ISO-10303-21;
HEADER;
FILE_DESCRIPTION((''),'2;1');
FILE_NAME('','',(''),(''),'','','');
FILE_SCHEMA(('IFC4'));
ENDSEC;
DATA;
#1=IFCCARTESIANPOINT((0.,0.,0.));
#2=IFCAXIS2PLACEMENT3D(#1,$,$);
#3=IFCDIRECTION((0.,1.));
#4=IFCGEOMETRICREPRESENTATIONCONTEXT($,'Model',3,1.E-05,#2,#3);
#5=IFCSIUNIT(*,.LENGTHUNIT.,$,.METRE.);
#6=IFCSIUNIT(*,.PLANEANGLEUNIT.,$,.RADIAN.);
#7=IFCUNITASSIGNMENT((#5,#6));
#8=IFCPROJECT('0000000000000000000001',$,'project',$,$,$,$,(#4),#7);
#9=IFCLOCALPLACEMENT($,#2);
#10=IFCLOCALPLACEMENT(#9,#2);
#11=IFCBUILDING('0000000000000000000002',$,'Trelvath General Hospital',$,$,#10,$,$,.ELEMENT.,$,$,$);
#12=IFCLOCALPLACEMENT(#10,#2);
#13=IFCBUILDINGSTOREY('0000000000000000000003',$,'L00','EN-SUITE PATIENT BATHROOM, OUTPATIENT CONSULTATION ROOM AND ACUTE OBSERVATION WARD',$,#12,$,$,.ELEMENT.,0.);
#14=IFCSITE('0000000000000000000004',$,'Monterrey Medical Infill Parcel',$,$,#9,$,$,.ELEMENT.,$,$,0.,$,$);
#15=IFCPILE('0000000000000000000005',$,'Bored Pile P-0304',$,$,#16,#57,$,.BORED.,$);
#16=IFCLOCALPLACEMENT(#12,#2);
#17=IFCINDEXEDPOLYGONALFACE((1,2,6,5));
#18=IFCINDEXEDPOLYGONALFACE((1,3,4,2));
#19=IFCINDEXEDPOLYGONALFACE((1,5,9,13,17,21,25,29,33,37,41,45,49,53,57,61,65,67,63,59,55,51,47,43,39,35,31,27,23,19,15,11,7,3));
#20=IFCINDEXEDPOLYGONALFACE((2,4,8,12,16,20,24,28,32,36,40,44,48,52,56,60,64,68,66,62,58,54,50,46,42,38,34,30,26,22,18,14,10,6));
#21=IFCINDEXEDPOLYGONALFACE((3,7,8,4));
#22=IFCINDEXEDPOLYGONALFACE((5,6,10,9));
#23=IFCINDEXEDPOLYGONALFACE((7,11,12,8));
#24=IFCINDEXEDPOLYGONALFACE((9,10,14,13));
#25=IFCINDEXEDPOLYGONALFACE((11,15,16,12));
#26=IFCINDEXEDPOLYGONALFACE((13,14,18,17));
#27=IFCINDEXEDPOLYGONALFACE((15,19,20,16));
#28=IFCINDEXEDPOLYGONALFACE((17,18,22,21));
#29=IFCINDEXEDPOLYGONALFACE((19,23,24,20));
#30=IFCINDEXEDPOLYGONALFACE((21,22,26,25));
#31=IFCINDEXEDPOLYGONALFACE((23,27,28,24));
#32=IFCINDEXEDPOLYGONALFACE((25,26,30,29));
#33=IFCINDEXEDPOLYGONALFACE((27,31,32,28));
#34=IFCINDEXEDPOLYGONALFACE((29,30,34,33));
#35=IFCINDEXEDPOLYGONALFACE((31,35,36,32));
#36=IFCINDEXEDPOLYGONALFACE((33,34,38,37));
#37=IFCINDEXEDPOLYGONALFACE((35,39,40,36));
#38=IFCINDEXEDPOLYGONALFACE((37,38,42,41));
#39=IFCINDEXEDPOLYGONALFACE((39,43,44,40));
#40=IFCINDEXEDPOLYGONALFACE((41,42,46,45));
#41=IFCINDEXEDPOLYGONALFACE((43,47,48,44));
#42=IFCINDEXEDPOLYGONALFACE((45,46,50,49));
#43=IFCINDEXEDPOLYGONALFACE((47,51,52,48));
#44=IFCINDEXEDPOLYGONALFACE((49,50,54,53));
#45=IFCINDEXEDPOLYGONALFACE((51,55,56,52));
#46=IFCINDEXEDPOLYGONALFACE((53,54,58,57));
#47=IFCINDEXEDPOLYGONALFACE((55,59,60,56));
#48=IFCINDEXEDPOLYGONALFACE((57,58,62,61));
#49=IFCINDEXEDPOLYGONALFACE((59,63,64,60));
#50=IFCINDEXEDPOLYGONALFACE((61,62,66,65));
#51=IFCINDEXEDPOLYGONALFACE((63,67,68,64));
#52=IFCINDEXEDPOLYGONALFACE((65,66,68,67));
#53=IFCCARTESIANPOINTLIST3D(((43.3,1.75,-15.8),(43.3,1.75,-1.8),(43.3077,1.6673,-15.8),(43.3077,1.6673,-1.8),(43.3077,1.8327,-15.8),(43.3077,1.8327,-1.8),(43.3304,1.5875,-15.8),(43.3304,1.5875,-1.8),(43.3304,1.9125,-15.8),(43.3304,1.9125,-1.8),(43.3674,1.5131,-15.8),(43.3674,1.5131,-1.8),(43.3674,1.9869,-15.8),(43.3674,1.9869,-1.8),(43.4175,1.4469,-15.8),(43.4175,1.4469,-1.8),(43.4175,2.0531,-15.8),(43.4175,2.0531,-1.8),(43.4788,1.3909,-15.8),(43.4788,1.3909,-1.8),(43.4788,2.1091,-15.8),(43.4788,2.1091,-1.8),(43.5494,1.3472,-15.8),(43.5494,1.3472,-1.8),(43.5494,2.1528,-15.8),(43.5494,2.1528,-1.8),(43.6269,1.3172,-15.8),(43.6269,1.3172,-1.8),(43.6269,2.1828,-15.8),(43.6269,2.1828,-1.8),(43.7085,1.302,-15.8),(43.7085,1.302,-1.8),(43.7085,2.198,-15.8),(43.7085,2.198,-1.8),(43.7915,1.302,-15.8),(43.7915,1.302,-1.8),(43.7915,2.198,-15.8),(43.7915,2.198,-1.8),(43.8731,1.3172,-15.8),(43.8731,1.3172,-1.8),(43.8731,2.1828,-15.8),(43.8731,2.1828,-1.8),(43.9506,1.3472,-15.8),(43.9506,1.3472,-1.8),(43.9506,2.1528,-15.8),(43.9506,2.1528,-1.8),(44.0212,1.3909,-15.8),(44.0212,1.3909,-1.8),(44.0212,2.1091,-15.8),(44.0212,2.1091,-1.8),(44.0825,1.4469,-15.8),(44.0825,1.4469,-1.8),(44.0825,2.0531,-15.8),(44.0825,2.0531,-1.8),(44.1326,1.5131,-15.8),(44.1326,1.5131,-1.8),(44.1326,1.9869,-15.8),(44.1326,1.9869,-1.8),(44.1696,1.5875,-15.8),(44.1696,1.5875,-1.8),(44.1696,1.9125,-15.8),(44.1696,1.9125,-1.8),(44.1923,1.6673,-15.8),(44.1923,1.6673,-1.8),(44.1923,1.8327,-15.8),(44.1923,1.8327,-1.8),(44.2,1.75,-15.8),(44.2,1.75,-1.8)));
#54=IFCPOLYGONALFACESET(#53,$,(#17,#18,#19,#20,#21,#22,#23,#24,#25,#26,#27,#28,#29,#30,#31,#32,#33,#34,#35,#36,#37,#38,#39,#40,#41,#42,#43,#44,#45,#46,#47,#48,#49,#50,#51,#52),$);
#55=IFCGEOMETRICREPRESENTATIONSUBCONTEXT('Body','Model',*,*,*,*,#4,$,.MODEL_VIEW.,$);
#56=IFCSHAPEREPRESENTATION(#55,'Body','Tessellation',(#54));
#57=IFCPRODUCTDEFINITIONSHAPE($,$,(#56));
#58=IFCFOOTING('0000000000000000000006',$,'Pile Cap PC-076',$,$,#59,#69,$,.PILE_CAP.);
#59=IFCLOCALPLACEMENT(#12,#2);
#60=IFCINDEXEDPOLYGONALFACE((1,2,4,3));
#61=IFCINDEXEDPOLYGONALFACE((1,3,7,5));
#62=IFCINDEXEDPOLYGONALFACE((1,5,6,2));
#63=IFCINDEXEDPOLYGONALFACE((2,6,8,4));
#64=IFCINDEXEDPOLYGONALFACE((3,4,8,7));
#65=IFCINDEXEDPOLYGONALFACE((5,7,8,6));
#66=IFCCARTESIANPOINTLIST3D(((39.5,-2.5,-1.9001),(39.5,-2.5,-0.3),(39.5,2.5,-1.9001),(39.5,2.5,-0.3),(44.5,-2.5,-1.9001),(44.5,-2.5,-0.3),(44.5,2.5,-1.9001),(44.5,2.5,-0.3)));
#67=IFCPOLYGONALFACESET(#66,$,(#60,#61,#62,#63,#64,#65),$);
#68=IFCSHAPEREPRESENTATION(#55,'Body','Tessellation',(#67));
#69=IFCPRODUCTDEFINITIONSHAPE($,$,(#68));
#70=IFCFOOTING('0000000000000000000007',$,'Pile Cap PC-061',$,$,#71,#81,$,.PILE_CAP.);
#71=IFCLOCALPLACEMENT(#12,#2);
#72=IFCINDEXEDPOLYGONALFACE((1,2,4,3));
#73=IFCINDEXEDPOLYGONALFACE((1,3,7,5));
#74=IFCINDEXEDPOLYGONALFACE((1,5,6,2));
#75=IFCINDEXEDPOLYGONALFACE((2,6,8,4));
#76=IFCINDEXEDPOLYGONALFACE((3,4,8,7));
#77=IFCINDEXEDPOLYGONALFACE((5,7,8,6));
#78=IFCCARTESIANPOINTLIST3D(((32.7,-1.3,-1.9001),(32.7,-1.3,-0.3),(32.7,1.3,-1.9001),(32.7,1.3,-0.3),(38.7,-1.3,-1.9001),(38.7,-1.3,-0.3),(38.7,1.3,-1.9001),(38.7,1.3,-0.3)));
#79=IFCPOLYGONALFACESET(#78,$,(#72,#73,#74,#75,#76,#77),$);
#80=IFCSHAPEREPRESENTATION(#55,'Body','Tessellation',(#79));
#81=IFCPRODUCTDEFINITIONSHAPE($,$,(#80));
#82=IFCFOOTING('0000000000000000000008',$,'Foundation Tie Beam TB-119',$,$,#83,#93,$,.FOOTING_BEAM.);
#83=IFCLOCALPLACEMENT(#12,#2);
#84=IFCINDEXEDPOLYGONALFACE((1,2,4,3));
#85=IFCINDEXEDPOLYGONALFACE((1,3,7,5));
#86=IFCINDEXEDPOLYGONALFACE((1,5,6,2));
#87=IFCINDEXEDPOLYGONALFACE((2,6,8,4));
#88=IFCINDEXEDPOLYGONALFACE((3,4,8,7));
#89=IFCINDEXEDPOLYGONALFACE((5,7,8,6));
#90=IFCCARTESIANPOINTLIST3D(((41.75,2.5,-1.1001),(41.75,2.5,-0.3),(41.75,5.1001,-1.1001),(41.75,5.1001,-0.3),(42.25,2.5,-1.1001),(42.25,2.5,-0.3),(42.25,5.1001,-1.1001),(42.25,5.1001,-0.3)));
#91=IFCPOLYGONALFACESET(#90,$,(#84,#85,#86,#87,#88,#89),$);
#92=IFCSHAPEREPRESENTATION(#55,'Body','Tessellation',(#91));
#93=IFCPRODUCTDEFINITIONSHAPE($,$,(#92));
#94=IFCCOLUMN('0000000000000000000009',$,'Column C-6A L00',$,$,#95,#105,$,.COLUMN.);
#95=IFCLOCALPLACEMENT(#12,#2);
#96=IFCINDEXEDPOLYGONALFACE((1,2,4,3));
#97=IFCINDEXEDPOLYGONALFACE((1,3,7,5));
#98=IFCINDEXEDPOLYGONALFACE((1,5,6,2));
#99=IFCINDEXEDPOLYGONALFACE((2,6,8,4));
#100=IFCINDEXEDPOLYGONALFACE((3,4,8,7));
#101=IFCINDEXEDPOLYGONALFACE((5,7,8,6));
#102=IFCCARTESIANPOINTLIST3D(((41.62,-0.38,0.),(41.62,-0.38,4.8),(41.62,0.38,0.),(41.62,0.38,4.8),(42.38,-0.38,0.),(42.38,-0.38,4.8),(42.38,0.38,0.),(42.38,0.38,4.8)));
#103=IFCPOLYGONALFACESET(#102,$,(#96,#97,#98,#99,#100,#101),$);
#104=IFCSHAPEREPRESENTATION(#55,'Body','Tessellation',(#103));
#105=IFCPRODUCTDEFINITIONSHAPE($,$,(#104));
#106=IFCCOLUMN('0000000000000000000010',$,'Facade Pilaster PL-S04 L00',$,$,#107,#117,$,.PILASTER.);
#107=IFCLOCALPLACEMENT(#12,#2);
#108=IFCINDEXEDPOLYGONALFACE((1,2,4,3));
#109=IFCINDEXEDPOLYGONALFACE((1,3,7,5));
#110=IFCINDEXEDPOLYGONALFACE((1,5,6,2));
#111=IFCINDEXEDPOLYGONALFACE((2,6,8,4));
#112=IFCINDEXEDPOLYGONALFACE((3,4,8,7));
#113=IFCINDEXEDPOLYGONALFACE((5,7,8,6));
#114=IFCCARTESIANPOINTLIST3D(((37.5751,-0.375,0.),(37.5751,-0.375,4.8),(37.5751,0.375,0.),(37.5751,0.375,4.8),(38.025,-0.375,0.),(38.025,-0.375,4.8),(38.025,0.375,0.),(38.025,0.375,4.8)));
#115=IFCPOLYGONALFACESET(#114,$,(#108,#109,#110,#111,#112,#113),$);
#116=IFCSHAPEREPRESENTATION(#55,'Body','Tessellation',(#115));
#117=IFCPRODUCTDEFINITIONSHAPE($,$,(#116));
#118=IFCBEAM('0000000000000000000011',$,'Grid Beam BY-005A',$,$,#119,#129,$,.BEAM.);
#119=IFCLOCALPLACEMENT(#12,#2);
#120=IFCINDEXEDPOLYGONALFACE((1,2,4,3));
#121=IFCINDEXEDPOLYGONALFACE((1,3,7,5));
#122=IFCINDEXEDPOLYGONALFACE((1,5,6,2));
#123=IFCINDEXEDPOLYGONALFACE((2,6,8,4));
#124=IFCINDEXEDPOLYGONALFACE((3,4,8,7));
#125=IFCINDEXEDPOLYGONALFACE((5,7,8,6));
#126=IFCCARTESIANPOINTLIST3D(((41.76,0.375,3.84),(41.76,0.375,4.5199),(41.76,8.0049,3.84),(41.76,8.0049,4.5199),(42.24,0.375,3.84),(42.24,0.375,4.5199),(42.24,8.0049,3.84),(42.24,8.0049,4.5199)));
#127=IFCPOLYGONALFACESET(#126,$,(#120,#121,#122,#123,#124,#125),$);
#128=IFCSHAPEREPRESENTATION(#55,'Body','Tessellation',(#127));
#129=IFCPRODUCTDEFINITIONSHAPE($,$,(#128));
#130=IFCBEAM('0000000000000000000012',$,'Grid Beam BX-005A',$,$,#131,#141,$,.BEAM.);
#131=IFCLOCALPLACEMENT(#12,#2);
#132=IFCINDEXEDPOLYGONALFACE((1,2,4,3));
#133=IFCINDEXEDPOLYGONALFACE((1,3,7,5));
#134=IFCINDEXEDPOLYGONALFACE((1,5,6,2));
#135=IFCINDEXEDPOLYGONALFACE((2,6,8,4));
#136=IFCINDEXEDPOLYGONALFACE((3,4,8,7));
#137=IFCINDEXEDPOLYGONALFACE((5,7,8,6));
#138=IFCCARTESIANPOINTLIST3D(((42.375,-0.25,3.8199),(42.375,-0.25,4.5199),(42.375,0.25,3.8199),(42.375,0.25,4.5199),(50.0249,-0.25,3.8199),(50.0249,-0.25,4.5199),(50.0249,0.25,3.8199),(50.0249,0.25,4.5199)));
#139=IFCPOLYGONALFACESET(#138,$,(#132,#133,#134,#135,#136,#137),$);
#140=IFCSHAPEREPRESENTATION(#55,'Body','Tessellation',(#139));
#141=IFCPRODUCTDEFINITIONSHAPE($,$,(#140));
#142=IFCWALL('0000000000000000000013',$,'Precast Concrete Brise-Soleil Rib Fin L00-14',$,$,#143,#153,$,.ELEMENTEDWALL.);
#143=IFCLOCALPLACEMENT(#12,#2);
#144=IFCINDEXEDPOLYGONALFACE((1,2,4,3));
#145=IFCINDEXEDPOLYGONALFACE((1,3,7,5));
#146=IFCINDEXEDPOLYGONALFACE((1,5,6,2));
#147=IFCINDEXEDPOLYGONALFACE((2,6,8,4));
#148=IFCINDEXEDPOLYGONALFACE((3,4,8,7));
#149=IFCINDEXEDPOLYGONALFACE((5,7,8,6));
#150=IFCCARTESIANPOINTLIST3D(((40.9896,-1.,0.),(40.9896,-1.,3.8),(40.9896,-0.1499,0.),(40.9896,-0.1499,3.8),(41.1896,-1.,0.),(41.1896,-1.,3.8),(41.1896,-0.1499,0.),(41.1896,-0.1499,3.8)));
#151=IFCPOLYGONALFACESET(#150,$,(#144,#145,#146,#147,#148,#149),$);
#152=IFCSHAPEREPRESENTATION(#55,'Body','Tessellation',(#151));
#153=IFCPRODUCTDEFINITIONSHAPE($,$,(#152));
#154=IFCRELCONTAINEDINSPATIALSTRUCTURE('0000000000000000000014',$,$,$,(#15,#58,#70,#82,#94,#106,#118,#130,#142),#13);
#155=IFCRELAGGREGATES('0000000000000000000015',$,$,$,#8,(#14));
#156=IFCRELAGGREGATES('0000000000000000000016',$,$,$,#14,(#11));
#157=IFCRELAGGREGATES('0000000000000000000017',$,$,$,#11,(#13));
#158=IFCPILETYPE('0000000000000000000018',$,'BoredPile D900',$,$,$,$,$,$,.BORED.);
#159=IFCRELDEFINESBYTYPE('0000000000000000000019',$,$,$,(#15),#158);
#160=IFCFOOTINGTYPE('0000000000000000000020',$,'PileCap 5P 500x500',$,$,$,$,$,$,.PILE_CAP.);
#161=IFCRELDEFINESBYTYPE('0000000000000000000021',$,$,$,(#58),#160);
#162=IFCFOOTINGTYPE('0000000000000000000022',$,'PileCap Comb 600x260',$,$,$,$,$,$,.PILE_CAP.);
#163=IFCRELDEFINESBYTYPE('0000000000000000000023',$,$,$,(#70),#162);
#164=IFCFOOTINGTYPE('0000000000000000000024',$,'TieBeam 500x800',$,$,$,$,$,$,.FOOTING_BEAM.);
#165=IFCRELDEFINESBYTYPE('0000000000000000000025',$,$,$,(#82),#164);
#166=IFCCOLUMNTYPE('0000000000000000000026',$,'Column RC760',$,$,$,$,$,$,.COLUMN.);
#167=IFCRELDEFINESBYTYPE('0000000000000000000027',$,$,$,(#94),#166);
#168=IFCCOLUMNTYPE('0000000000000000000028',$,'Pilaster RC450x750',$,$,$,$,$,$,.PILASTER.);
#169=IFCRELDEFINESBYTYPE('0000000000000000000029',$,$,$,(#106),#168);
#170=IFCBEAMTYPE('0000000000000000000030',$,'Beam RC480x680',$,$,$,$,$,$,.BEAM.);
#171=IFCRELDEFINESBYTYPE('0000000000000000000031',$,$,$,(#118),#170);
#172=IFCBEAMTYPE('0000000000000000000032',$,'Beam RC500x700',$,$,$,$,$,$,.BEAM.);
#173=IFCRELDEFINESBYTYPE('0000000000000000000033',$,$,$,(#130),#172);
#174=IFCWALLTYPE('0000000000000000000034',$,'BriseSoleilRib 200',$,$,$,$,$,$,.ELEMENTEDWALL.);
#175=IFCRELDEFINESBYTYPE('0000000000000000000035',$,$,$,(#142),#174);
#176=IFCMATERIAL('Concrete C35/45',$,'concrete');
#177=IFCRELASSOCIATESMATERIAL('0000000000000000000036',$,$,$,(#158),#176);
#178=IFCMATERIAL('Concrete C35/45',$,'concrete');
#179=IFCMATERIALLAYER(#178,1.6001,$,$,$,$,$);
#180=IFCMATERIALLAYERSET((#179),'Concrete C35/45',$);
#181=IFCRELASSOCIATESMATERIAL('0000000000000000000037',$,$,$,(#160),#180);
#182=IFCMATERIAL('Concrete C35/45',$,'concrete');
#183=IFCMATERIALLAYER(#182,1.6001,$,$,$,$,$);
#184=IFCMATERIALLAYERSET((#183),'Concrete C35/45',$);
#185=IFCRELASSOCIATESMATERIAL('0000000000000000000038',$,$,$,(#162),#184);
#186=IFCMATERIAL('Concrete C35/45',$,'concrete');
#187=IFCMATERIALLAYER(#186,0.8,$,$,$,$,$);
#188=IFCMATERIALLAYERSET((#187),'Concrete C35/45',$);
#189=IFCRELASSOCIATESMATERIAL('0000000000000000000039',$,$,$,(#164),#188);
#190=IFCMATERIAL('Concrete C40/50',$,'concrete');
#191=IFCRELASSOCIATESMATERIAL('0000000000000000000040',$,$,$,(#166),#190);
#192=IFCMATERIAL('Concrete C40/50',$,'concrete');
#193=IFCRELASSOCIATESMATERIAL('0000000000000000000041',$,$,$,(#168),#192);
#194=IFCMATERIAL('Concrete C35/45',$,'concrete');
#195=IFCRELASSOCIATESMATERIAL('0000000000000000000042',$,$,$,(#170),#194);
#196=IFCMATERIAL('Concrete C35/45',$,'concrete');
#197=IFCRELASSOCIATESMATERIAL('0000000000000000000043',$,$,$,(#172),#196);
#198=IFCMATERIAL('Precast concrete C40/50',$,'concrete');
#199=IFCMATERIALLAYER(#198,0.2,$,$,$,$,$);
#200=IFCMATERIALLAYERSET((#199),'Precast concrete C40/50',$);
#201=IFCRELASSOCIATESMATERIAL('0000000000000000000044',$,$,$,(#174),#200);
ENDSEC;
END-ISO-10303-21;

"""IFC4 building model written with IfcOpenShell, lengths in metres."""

from ifc_helpers import new_model, si_unit, direction, frame, frame_2d, origin, origin_2d, place, context, subcontext, project, spatial, rectangle, circle, extrude, material, layer, layer_set, material_profile, profile_set, type_object, element, save


model = new_model("IFC4")

# Units and contexts
model_context = context("Model", 3, precision=1e-05, world=origin(), true_north=direction((0.0, 1.0)))
body_context = subcontext(model_context, "Body", "Model", "MODEL_VIEW")
ifc_project = project(units=[si_unit("LENGTHUNIT", "METRE"), si_unit("PLANEANGLEUNIT", "RADIAN")], contexts=[model_context])

# Site, building, storey
site_placement = place(None, origin())
site = spatial("IfcSite", under=ifc_project, at=site_placement, Name="Monterrey Medical Infill Parcel", CompositionType="ELEMENT", RefElevation=0.0)
building_placement = place(site_placement, origin())
building = spatial("IfcBuilding", under=site, at=building_placement, Name="Trelvath General Hospital", CompositionType="ELEMENT")
storey_placement = place(building_placement, origin())
storey = spatial("IfcBuildingStorey", under=building, at=storey_placement, Name="L00", Description="EN-SUITE PATIENT BATHROOM, OUTPATIENT CONSULTATION ROOM AND ACUTE OBSERVATION WARD", CompositionType="ELEMENT", Elevation=0.0)

# Pile
ifc_material_1 = material(Name="Concrete C35/45", Category="concrete")
ifc_material_profile_1 = material_profile(ifc_material_1, circle(Radius=0.45, at=origin_2d()), Name="PILE900")
ifc_profile_set_1 = profile_set([ifc_material_profile_1], Name="Concrete C35/45")
pile_type_1 = type_object("IfcPileType", Name="BoredPile D900", PredefinedType="BORED", material=ifc_profile_set_1)
for number, where, z_axis, x_axis, name in (
    (1, (43.75, 1.75, -1.8), (0.0, 0.0, -1.0), (1.0, 0.0, 0.0), "Bored Pile P-0304"),
):
    element("IfcPile", number, at=place(storey_placement, frame(where, z_axis=z_axis, x_axis=x_axis)), inside=storey, type_object=pile_type_1, Name=name, PredefinedType="BORED", context=body_context, shape_type="SweptSolid", body=[
        extrude(circle(Radius=0.45, at=origin_2d()), origin(), (0.0, 0.0, 1.0), 14.0),
    ])

# Footings
ifc_material_2 = material(Name="Concrete C35/45", Category="concrete")
ifc_layer_1 = layer(ifc_material_2, 1.6001)
ifc_layer_set_1 = layer_set([ifc_layer_1], Name="Concrete C35/45")
footing_type_1 = type_object("IfcFootingType", Name="PileCap 5P 500x500", PredefinedType="PILE_CAP", material=ifc_layer_set_1)
footing_1_placement = place(storey_placement, frame((42.0, 0.0, -1.9001), z_axis=(0.0, 0.0, 1.0), x_axis=(1.0, 0.0, 0.0)))
element("IfcFooting", 2, at=footing_1_placement, inside=storey, type_object=footing_type_1, Name="Pile Cap PC-076", PredefinedType="PILE_CAP", context=body_context, shape_type="SweptSolid", body=[
    extrude(rectangle(XDim=5.0, YDim=5.0, at=origin_2d()), origin(), (0.0, 0.0, 1.0), 1.6001),
])
ifc_material_3 = material(Name="Concrete C35/45", Category="concrete")
ifc_layer_2 = layer(ifc_material_3, 1.6001)
ifc_layer_set_2 = layer_set([ifc_layer_2], Name="Concrete C35/45")
footing_type_2 = type_object("IfcFootingType", Name="PileCap Comb 600x260", PredefinedType="PILE_CAP", material=ifc_layer_set_2)
footing_2_placement = place(storey_placement, frame((35.7, 0.0, -1.9001), z_axis=(0.0, 0.0, 1.0), x_axis=(1.0, 0.0, 0.0)))
element("IfcFooting", 3, at=footing_2_placement, inside=storey, type_object=footing_type_2, Name="Pile Cap PC-061", PredefinedType="PILE_CAP", context=body_context, shape_type="SweptSolid", body=[
    extrude(rectangle(XDim=6.0, YDim=2.6001, at=origin_2d()), origin(), (0.0, 0.0, 1.0), 1.6001),
])
ifc_material_4 = material(Name="Concrete C35/45", Category="concrete")
ifc_layer_3 = layer(ifc_material_4, 0.8)
ifc_layer_set_3 = layer_set([ifc_layer_3], Name="Concrete C35/45")
footing_type_3 = type_object("IfcFootingType", Name="TieBeam 500x800", PredefinedType="FOOTING_BEAM", material=ifc_layer_set_3)
footing_3_placement = place(storey_placement, frame((42.0, 3.8, -1.1001), z_axis=(0.0, 0.0, 1.0), x_axis=(1.0, 0.0, 0.0)))
element("IfcFooting", 4, at=footing_3_placement, inside=storey, type_object=footing_type_3, Name="Foundation Tie Beam TB-119", PredefinedType="FOOTING_BEAM", context=body_context, shape_type="SweptSolid", body=[
    extrude(rectangle(XDim=0.5, YDim=2.6001, at=origin_2d()), origin(), (0.0, 0.0, 1.0), 0.8),
])

# Columns
ifc_material_5 = material(Name="Concrete C40/50", Category="concrete")
ifc_material_profile_2 = material_profile(ifc_material_5, rectangle(XDim=0.76, YDim=0.76, at=origin_2d()), Name="RC760x760")
ifc_profile_set_2 = profile_set([ifc_material_profile_2], Name="Concrete C40/50")
column_type_1 = type_object("IfcColumnType", Name="Column RC760", PredefinedType="COLUMN", material=ifc_profile_set_2)
column_1_placement = place(storey_placement, frame((42.0, 0.0, 0.0), z_axis=(0.0, 0.0, 1.0), x_axis=(1.0, 0.0, 0.0)))
element("IfcColumn", 5, at=column_1_placement, inside=storey, type_object=column_type_1, Name="Column C-6A L00", PredefinedType="COLUMN", context=body_context, shape_type="SweptSolid", body=[
    extrude(rectangle(XDim=0.76, YDim=0.76, at=origin_2d()), origin(), (0.0, 0.0, 1.0), 4.8),
])
ifc_material_6 = material(Name="Concrete C40/50", Category="concrete")
ifc_material_profile_3 = material_profile(ifc_material_6, rectangle(XDim=0.45, YDim=0.75, at=origin_2d()), Name="RC450x750")
ifc_profile_set_3 = profile_set([ifc_material_profile_3], Name="Concrete C40/50")
column_type_2 = type_object("IfcColumnType", Name="Pilaster RC450x750", PredefinedType="PILASTER", material=ifc_profile_set_3)
column_2_placement = place(storey_placement, frame((37.8, 0.0, 0.0), z_axis=(0.0, 0.0, 1.0), x_axis=(1.0, 0.0, 0.0)))
element("IfcColumn", 6, at=column_2_placement, inside=storey, type_object=column_type_2, Name="Facade Pilaster PL-S04 L00", PredefinedType="PILASTER", context=body_context, shape_type="SweptSolid", body=[
    extrude(rectangle(XDim=0.45, YDim=0.75, at=origin_2d()), origin(), (0.0, 0.0, 1.0), 4.8),
])

# Beams
ifc_material_7 = material(Name="Concrete C35/45", Category="concrete")
ifc_material_profile_4 = material_profile(ifc_material_7, rectangle(XDim=0.48, YDim=0.6799, at=origin_2d()), Name="RCB480x680")
ifc_profile_set_4 = profile_set([ifc_material_profile_4], Name="Concrete C35/45")
beam_type_1 = type_object("IfcBeamType", Name="Beam RC480x680", PredefinedType="BEAM", material=ifc_profile_set_4)
beam_1_placement = place(storey_placement, frame((42.0, 0.375, 4.1799), z_axis=(0.0, 1.0, 0.0), x_axis=(-1.0, 0.0, 0.0)))
element("IfcBeam", 7, at=beam_1_placement, inside=storey, type_object=beam_type_1, Name="Grid Beam BY-005A", PredefinedType="BEAM", context=body_context, shape_type="SweptSolid", body=[
    extrude(rectangle(XDim=0.48, YDim=0.6799, at=origin_2d()), origin(), (0.0, 0.0, 1.0), 7.6299),
])
ifc_material_8 = material(Name="Concrete C35/45", Category="concrete")
ifc_material_profile_5 = material_profile(ifc_material_8, rectangle(XDim=0.5, YDim=0.7, at=origin_2d()), Name="RCB500x700")
ifc_profile_set_5 = profile_set([ifc_material_profile_5], Name="Concrete C35/45")
beam_type_2 = type_object("IfcBeamType", Name="Beam RC500x700", PredefinedType="BEAM", material=ifc_profile_set_5)
beam_2_placement = place(storey_placement, frame((42.375, 0.0, 4.1699), z_axis=(1.0, 0.0, 0.0), x_axis=(0.0, 1.0, 0.0)))
element("IfcBeam", 8, at=beam_2_placement, inside=storey, type_object=beam_type_2, Name="Grid Beam BX-005A", PredefinedType="BEAM", context=body_context, shape_type="SweptSolid", body=[
    extrude(rectangle(XDim=0.5, YDim=0.7, at=origin_2d()), origin(), (0.0, 0.0, 1.0), 7.6499),
])

# Wall
ifc_material_9 = material(Name="Precast concrete C40/50", Category="concrete")
ifc_layer_4 = layer(ifc_material_9, 0.2)
ifc_layer_set_4 = layer_set([ifc_layer_4], Name="Precast concrete C40/50")
wall_type_1 = type_object("IfcWallType", Name="BriseSoleilRib 200", PredefinedType="ELEMENTEDWALL", material=ifc_layer_set_4)
wall_1_placement = place(storey_placement, frame((41.0896, -0.1499, 0.0), z_axis=(0.0, 0.0, 1.0), x_axis=(0.0, -1.0, 0.0)))
element("IfcWall", 9, at=wall_1_placement, inside=storey, type_object=wall_type_1, Name="Precast Concrete Brise-Soleil Rib Fin L00-14", PredefinedType="ELEMENTEDWALL", context=body_context, shape_type="SweptSolid", body=[
    extrude(rectangle(XDim=0.8501, YDim=0.2, at=frame_2d((0.425, 0.0))), origin(), (0.0, 0.0, 1.0), 3.8),
])

save(model, "model.ifc")
